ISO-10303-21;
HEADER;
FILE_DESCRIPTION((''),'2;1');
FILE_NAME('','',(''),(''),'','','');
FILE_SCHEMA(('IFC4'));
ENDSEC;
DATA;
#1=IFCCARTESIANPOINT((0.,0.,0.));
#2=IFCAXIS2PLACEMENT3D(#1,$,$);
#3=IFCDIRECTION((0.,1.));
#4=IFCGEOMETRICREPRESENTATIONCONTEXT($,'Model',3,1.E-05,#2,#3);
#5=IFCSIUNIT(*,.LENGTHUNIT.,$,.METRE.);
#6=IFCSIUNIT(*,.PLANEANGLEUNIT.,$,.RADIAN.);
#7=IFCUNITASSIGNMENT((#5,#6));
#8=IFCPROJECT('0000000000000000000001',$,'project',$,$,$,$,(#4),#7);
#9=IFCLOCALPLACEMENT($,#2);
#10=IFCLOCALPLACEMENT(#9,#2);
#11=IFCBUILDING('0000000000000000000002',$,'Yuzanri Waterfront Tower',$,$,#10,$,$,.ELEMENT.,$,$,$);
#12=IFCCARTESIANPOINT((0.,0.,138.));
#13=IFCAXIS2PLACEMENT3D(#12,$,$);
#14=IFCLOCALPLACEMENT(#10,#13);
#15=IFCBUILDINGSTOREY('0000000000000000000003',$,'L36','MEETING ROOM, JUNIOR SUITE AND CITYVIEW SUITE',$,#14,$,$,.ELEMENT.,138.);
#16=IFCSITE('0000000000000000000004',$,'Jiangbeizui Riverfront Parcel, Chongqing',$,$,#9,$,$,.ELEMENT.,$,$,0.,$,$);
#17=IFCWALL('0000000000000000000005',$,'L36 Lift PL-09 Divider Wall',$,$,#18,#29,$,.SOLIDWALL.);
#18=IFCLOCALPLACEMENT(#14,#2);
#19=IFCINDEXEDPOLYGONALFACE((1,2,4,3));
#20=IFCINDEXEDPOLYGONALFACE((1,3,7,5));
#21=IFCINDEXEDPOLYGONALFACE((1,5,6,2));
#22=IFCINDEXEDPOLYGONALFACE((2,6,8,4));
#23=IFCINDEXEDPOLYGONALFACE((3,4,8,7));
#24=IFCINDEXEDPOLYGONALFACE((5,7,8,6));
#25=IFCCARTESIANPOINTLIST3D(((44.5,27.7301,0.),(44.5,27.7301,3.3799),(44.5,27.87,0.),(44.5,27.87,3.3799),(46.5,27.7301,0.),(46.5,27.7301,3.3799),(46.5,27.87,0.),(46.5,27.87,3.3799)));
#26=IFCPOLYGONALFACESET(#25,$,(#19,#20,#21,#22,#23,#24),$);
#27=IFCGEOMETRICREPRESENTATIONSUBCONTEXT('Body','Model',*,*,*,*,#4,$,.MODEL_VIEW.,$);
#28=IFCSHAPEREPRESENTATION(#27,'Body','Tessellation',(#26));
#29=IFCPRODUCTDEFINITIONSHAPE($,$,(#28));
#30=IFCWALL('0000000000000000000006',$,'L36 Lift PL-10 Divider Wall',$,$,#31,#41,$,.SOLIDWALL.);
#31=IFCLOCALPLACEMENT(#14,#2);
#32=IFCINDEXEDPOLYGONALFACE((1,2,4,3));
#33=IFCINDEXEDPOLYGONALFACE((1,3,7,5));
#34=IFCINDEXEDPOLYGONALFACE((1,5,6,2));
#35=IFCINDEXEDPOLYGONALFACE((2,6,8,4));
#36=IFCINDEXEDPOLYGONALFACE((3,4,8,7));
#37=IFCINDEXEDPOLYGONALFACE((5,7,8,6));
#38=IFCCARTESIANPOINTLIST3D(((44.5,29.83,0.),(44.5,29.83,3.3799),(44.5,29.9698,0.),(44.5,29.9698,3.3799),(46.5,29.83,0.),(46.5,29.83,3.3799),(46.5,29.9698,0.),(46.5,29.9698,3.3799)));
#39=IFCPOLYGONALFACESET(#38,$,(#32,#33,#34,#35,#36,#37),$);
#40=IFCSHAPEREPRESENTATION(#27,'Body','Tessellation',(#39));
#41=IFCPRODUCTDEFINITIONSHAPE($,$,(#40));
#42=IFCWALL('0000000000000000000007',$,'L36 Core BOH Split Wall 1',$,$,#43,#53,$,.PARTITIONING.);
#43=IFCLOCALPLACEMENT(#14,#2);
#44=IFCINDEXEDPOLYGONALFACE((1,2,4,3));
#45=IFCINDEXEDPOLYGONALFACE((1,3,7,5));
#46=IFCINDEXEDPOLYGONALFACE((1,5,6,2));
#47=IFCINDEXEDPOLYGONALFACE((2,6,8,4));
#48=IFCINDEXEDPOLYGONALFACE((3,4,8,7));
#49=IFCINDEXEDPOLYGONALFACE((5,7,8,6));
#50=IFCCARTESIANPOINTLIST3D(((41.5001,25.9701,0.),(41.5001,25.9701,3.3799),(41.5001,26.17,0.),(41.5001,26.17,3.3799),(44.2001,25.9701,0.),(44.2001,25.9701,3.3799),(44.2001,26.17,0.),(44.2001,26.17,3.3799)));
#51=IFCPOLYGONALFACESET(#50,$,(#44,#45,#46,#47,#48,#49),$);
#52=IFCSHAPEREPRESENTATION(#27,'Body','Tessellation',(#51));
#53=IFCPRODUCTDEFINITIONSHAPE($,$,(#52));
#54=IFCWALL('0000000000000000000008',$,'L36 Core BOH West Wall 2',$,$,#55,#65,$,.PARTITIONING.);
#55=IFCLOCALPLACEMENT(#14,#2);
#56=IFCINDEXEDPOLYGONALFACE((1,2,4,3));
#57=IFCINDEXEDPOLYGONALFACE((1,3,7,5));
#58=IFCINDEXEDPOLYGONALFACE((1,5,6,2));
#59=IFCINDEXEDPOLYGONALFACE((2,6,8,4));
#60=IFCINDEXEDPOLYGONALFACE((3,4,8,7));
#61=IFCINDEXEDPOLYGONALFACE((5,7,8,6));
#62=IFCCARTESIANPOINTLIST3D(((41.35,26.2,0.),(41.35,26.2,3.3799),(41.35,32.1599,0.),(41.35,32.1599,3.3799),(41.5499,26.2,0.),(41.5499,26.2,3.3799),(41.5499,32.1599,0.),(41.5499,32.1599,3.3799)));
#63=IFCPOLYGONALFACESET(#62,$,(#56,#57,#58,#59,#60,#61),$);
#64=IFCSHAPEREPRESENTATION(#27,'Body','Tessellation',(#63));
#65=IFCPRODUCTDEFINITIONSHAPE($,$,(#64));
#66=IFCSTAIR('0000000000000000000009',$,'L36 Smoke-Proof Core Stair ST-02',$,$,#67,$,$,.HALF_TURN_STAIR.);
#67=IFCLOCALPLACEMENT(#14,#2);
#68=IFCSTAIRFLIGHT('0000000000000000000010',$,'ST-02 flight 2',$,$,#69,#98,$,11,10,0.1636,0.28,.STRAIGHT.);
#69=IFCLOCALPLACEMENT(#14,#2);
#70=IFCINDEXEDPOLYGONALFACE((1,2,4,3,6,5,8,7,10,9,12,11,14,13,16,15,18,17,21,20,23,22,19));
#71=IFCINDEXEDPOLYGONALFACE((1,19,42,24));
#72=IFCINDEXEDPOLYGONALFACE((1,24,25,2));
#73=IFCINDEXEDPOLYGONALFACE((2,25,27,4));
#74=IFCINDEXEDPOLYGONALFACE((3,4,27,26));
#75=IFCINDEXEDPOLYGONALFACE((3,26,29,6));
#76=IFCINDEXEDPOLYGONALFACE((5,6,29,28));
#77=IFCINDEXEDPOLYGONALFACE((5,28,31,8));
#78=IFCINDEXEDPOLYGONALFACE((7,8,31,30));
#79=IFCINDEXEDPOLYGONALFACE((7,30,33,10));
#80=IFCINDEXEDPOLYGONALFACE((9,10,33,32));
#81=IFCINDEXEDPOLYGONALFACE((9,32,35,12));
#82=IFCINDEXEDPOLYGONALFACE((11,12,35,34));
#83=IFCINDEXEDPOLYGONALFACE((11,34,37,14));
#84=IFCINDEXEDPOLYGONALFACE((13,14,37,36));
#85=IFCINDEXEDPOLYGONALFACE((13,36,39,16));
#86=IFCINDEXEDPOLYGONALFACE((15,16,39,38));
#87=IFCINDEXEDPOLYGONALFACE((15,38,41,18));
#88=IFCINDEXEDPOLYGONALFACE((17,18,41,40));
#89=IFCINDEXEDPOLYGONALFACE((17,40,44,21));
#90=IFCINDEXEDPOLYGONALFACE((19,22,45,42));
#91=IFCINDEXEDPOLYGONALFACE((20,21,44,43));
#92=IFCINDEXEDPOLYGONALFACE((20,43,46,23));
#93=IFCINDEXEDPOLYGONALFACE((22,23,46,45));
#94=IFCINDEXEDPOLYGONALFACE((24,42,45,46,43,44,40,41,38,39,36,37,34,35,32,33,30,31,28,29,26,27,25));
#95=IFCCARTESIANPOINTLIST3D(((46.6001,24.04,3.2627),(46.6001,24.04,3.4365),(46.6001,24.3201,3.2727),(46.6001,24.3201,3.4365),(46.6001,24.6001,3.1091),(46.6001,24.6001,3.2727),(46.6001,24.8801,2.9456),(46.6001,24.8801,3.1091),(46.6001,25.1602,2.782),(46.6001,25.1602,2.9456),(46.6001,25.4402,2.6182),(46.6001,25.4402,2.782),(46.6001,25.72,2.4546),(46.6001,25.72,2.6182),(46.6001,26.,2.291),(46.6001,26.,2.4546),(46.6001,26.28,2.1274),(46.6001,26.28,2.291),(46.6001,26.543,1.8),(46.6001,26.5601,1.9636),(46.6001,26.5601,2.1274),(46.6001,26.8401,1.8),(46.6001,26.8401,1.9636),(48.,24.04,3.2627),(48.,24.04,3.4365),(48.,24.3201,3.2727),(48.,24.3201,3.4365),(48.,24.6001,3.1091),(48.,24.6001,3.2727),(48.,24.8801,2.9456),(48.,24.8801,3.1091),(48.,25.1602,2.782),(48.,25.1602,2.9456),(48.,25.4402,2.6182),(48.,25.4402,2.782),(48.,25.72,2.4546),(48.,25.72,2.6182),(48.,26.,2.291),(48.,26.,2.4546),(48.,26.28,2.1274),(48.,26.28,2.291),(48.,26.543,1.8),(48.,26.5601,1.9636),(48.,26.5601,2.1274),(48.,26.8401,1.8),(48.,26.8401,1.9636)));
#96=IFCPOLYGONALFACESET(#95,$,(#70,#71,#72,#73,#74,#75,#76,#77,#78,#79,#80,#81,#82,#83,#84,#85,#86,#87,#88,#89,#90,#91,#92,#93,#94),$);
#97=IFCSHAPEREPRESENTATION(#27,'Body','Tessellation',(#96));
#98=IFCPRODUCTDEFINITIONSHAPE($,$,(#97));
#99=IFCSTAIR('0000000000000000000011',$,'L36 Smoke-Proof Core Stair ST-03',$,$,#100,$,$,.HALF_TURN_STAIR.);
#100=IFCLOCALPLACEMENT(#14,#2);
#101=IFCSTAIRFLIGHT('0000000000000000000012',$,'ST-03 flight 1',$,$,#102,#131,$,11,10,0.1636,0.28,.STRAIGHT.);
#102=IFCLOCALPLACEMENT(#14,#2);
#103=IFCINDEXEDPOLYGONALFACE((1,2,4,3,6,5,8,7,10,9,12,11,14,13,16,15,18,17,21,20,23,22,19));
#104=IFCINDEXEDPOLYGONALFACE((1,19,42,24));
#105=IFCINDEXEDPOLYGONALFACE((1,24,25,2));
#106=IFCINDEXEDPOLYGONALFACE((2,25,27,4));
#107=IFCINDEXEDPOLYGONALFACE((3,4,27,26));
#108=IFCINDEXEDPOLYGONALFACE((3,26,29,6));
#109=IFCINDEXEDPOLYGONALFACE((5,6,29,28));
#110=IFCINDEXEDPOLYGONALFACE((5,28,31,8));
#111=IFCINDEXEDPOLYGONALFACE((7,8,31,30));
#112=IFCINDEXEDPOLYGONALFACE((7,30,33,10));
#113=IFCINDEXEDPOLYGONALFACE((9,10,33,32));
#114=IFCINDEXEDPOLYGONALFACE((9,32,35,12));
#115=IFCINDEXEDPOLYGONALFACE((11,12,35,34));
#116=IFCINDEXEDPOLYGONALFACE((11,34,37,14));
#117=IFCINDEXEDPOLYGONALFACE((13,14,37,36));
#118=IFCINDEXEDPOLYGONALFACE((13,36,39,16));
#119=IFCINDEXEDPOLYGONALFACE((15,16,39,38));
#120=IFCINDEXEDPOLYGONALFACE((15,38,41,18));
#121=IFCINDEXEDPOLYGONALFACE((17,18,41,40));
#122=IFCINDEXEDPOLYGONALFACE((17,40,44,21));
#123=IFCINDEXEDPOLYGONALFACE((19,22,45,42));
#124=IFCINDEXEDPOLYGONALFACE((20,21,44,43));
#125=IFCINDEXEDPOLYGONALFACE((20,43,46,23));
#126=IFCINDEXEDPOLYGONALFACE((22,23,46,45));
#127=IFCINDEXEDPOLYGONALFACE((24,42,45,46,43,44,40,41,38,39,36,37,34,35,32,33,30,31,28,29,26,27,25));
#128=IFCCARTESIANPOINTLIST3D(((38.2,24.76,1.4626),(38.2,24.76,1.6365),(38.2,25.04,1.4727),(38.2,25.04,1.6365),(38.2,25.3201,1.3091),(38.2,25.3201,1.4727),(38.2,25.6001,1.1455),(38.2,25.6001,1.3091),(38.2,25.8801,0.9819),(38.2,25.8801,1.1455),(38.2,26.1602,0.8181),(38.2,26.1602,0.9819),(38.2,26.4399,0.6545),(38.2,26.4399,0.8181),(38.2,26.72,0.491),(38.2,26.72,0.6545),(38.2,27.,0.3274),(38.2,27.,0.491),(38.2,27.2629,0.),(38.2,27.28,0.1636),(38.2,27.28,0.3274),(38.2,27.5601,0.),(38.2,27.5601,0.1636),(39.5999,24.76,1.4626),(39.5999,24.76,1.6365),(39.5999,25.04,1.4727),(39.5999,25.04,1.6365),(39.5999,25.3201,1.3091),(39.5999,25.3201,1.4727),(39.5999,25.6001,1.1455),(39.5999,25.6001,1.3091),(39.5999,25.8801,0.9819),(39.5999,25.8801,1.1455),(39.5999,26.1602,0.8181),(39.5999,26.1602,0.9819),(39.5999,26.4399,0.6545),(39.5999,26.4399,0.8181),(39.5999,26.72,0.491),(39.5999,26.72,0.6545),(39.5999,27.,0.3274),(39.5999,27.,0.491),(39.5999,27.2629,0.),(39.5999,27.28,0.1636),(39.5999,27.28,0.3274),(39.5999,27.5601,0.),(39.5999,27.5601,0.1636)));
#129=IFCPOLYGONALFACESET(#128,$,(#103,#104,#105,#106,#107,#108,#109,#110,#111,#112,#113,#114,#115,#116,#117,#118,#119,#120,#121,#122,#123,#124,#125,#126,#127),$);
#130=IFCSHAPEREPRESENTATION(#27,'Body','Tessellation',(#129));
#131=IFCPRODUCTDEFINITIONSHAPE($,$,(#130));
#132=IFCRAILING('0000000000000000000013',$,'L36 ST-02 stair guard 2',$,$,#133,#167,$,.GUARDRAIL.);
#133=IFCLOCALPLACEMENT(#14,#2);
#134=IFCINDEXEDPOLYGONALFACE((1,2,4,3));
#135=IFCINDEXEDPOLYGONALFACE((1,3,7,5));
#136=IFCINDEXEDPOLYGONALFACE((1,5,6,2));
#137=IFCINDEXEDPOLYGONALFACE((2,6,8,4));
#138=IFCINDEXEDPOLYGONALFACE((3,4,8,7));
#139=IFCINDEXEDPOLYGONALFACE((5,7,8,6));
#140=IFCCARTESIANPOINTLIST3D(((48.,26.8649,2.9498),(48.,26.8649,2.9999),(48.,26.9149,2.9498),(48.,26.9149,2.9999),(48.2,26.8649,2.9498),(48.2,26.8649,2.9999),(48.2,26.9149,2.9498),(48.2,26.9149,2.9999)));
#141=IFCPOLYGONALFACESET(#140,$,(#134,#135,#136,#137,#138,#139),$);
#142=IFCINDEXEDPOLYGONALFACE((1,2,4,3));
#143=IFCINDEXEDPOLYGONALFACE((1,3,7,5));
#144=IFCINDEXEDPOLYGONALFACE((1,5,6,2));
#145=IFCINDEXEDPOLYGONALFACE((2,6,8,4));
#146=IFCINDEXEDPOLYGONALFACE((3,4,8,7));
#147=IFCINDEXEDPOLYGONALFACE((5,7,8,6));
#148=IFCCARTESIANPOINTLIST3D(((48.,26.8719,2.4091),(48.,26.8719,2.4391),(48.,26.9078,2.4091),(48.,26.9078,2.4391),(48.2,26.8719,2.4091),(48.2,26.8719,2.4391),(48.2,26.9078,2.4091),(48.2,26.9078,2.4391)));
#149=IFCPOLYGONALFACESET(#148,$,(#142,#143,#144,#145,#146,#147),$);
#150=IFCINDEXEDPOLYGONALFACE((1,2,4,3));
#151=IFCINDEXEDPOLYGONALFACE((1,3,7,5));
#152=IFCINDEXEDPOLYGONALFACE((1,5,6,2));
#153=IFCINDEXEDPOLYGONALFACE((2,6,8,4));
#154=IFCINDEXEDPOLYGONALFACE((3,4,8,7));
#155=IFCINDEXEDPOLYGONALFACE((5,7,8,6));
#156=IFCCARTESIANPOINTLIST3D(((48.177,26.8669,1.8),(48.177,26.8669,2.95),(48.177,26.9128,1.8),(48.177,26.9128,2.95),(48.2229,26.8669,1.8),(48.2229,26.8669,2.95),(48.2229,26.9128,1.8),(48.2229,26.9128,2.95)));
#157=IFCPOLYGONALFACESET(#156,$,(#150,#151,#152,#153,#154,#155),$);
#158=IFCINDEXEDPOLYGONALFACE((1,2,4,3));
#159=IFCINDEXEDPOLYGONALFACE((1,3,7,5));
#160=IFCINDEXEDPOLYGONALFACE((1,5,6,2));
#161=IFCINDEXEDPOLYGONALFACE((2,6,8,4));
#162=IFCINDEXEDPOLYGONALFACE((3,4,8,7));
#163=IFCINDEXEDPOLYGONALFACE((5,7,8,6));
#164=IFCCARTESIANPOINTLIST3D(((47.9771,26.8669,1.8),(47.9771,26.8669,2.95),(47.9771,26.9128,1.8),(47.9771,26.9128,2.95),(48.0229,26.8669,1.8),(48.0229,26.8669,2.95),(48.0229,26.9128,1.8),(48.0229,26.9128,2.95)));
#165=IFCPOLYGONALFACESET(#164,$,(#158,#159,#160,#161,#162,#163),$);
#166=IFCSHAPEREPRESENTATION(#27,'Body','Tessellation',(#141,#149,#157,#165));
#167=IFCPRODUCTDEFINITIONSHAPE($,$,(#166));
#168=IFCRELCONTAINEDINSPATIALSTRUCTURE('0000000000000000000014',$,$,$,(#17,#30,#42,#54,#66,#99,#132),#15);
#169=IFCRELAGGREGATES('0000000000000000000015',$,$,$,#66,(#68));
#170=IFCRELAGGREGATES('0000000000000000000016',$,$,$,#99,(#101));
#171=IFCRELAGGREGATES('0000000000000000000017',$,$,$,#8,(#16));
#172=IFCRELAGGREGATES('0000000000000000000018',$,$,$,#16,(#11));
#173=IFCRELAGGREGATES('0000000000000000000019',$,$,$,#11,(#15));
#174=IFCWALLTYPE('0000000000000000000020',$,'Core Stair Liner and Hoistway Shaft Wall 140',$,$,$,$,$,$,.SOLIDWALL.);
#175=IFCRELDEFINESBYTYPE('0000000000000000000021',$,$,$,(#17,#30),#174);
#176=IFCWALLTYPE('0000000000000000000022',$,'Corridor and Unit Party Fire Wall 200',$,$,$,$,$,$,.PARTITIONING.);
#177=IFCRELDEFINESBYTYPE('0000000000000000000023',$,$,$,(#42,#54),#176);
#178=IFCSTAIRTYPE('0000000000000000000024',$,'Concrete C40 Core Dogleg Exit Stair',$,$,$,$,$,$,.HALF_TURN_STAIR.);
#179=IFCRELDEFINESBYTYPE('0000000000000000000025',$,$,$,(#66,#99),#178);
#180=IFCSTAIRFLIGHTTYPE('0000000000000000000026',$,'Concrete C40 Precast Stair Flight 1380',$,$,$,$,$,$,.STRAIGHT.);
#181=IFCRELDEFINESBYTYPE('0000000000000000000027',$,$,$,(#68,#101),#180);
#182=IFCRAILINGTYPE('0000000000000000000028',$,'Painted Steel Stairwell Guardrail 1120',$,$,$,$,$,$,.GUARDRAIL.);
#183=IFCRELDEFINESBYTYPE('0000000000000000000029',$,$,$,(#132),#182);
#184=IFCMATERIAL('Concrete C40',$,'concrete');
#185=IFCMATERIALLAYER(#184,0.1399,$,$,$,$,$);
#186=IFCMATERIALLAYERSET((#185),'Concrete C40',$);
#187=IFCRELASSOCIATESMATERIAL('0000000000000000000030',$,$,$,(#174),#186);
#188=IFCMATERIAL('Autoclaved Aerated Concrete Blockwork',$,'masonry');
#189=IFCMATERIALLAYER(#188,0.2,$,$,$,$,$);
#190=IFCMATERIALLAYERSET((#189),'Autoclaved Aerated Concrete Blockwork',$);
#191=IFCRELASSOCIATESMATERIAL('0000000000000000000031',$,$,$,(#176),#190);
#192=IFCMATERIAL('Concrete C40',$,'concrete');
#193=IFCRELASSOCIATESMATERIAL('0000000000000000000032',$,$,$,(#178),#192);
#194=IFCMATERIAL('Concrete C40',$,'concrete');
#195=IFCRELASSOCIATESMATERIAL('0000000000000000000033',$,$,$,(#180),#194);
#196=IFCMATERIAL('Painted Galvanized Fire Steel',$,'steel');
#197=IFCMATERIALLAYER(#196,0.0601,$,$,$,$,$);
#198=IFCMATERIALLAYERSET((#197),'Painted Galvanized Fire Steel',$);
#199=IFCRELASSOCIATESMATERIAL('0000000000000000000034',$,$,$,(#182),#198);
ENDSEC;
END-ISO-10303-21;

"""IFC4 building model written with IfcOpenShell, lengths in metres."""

from ifc_helpers import new_model, si_unit, direction, frame, frame_2d, origin, origin_2d, place, context, subcontext, project, spatial, polyline, rectangle, outline, extrude, source, transform, mapped, material, layer, layer_set, type_object, element, aggregate, save


model = new_model("IFC4")

# Units and contexts
model_context = context("Model", 3, precision=1e-05, world=origin(), true_north=direction((0.0, 1.0)))
body_context = subcontext(model_context, "Body", "Model", "MODEL_VIEW")
ifc_project = project(units=[si_unit("LENGTHUNIT", "METRE"), si_unit("PLANEANGLEUNIT", "RADIAN")], contexts=[model_context])

# Site, building, storey
site_placement = place(None, origin())
site = spatial("IfcSite", under=ifc_project, at=site_placement, Name="Jiangbeizui Riverfront Parcel, Chongqing", CompositionType="ELEMENT", RefElevation=0.0)
building_placement = place(site_placement, origin())
building = spatial("IfcBuilding", under=site, at=building_placement, Name="Yuzanri Waterfront Tower", CompositionType="ELEMENT")
storey_placement = place(building_placement, frame((0.0, 0.0, 138.0)))
storey = spatial("IfcBuildingStorey", under=building, at=storey_placement, Name="L36", Description="MEETING ROOM, JUNIOR SUITE AND CITYVIEW SUITE", CompositionType="ELEMENT", Elevation=138.0)

# Shared definitions
ifc_material_1 = material(Name="Concrete C40", Category="concrete")
ifc_layer_1 = layer(ifc_material_1, 0.1399)
ifc_layer_set_1 = layer_set([ifc_layer_1], Name="Concrete C40")
wall_type_1 = type_object("IfcWallType", Name="Core Stair Liner and Hoistway Shaft Wall 140", PredefinedType="SOLIDWALL", material=ifc_layer_set_1)

# Walls
shared_shape_1 = source(origin(), body_context, "Body", "SweptSolid", [
    extrude(rectangle(XDim=2.0, YDim=0.1399, at=frame_2d((1.0, 0.0))), origin(), (0.0, 0.0, 1.0), 3.3799),
])
for number, where, z_axis, x_axis, name in (
    (1, (44.5, 27.8, 0.0), (0.0, 0.0, 1.0), (1.0, 0.0, 0.0), "L36 Lift PL-09 Divider Wall"),
    (2, (44.5, 29.8999, 0.0), (0.0, 0.0, 1.0), (1.0, 0.0, 0.0), "L36 Lift PL-10 Divider Wall"),
):
    element("IfcWall", number, at=place(storey_placement, frame(where, z_axis=z_axis, x_axis=x_axis)), inside=storey, type_object=wall_type_1, Name=name, PredefinedType="SOLIDWALL", context=body_context, shape_type="MappedRepresentation", body=[
        mapped(shared_shape_1, transform((0.0, 0.0, 0.0), scale=1.0)),
    ])
ifc_material_2 = material(Name="Autoclaved Aerated Concrete Blockwork", Category="masonry")
ifc_layer_2 = layer(ifc_material_2, 0.2)
ifc_layer_set_2 = layer_set([ifc_layer_2], Name="Autoclaved Aerated Concrete Blockwork")
wall_type_2 = type_object("IfcWallType", Name="Corridor and Unit Party Fire Wall 200", PredefinedType="PARTITIONING", material=ifc_layer_set_2)
shared_shape_2 = source(origin(), body_context, "Body", "SweptSolid", [
    extrude(rectangle(XDim=2.7, YDim=0.2, at=frame_2d((1.3501, 0.0))), origin(), (0.0, 0.0, 1.0), 3.3799),
])
wall_1_placement = place(storey_placement, frame((41.5, 26.0701, 0.0), z_axis=(0.0, 0.0, 1.0), x_axis=(1.0, 0.0, 0.0)))
element("IfcWall", 3, at=wall_1_placement, inside=storey, type_object=wall_type_2, Name="L36 Core BOH Split Wall 1", PredefinedType="PARTITIONING", context=body_context, shape_type="MappedRepresentation", body=[
    mapped(shared_shape_2, transform((0.0, 0.0, 0.0), scale=1.0)),
])
shared_shape_3 = source(origin(), body_context, "Body", "SweptSolid", [
    extrude(rectangle(XDim=5.96, YDim=0.2, at=frame_2d((2.98, 0.0))), origin(), (0.0, 0.0, 1.0), 3.3799),
])
wall_2_placement = place(storey_placement, frame((41.45, 26.2, 0.0), z_axis=(0.0, 0.0, 1.0), x_axis=(0.0, 1.0, 0.0)))
element("IfcWall", 4, at=wall_2_placement, inside=storey, type_object=wall_type_2, Name="L36 Core BOH West Wall 2", PredefinedType="PARTITIONING", context=body_context, shape_type="MappedRepresentation", body=[
    mapped(shared_shape_3, transform((0.0, 0.0, 0.0), scale=1.0)),
])

# Stairs, stair flights
ifc_material_3 = material(Name="Concrete C40", Category="concrete")
stair_type = type_object("IfcStairType", Name="Concrete C40 Core Dogleg Exit Stair", PredefinedType="HALF_TURN_STAIR", material=ifc_material_3)
stair_1_placement = place(storey_placement, origin())
stair_1 = element("IfcStair", 5, at=stair_1_placement, inside=storey, type_object=stair_type, Name="L36 Smoke-Proof Core Stair ST-02", PredefinedType="HALF_TURN_STAIR")
ifc_material_4 = material(Name="Concrete C40", Category="concrete")
stair_flight_type = type_object("IfcStairFlightType", Name="Concrete C40 Precast Stair Flight 1380", PredefinedType="STRAIGHT", material=ifc_material_4)
shared_shape_4 = source(origin(), body_context, "Body", "SweptSolid", [
    extrude(outline(polyline([(0.0, 0.0), (0.0, 0.1636), (0.28, 0.1636), (0.28, 0.3274), (0.5601, 0.3274), (0.5601, 0.491), (0.8401, 0.491), (0.8401, 0.6545), (1.1201, 0.6545), (1.1201, 0.8181), (1.3999, 0.8181), (1.3999, 0.9819), (1.6799, 0.9819), (1.6799, 1.1455), (1.96, 1.1455), (1.96, 1.3091), (2.24, 1.3091), (2.24, 1.4727), (2.52, 1.4727), (2.52, 1.6365), (2.8, 1.6365), (2.8, 1.8), (2.8, 1.4626), (0.2971, 0.0), (0.0, 0.0)])), frame((0.0, 0.7, 0.0), z_axis=(0.0, -1.0, 0.0), x_axis=(1.0, 0.0, 0.0)), (0.0, 0.0, 1.0), 1.3999),
])
stair_flight_1_placement = place(storey_placement, frame((47.3, 26.8401, 1.8), z_axis=(0.0, 0.0, 1.0), x_axis=(0.0, -1.0, 0.0)))
stair_flight_1 = element("IfcStairFlight", 6, at=stair_flight_1_placement, type_object=stair_flight_type, Name="ST-02 flight 2", NumberOfRisers=11, NumberOfTreads=10, PredefinedType="STRAIGHT", RiserHeight=0.1636, TreadLength=0.28, context=body_context, shape_type="MappedRepresentation", body=[
    mapped(shared_shape_4, transform((0.0, 0.0, 0.0), scale=1.0)),
])
aggregate(stair_1, [stair_flight_1])
stair_2_placement = place(storey_placement, origin())
stair_2 = element("IfcStair", 7, at=stair_2_placement, inside=storey, type_object=stair_type, Name="L36 Smoke-Proof Core Stair ST-03", PredefinedType="HALF_TURN_STAIR")
stair_flight_2_placement = place(storey_placement, frame((38.8999, 27.5601, 0.0), z_axis=(0.0, 0.0, 1.0), x_axis=(0.0, -1.0, 0.0)))
stair_flight_2 = element("IfcStairFlight", 8, at=stair_flight_2_placement, type_object=stair_flight_type, Name="ST-03 flight 1", NumberOfRisers=11, NumberOfTreads=10, PredefinedType="STRAIGHT", RiserHeight=0.1636, TreadLength=0.28, context=body_context, shape_type="MappedRepresentation", body=[
    mapped(shared_shape_4, transform((0.0, 0.0, 0.0), scale=1.0)),
])
aggregate(stair_2, [stair_flight_2])

# Railing
ifc_material_5 = material(Name="Painted Galvanized Fire Steel", Category="steel")
ifc_layer_3 = layer(ifc_material_5, 0.0601)
ifc_layer_set_3 = layer_set([ifc_layer_3], Name="Painted Galvanized Fire Steel")
railing_type_1 = type_object("IfcRailingType", Name="Painted Steel Stairwell Guardrail 1120", PredefinedType="GUARDRAIL", material=ifc_layer_set_3)
shared_shape_5 = source(origin(), body_context, "Body", "SweptSolid", [
    extrude(rectangle(XDim=0.05, YDim=0.05, at=origin_2d()), frame((0.0, 0.0, 1.1748), z_axis=(-1.0, 0.0, 0.0), x_axis=(0.0, -1.0, 0.0)), (0.0, 0.0, 1.0), 0.2),
    extrude(rectangle(XDim=0.0359, YDim=0.03, at=origin_2d()), frame((0.0, 0.0, 0.624), z_axis=(-1.0, 0.0, 0.0), x_axis=(0.0, -1.0, 0.0)), (0.0, 0.0, 1.0), 0.2),
    extrude(rectangle(XDim=0.0459, YDim=0.0459, at=origin_2d()), origin(), (0.0, 0.0, 1.0), 1.1499),
    extrude(rectangle(XDim=0.0459, YDim=0.0459, at=origin_2d()), frame((-0.2, 0.0, 0.0)), (0.0, 0.0, 1.0), 1.1499),
])
railing_1_placement = place(storey_placement, frame((48.2, 26.8899, 1.8)))
element("IfcRailing", 9, at=railing_1_placement, inside=storey, type_object=railing_type_1, Name="L36 ST-02 stair guard 2", PredefinedType="GUARDRAIL", context=body_context, shape_type="MappedRepresentation", body=[
    mapped(shared_shape_5, transform((0.0, 0.0, 0.0), scale=1.0)),
])

save(model, "model.ifc")
